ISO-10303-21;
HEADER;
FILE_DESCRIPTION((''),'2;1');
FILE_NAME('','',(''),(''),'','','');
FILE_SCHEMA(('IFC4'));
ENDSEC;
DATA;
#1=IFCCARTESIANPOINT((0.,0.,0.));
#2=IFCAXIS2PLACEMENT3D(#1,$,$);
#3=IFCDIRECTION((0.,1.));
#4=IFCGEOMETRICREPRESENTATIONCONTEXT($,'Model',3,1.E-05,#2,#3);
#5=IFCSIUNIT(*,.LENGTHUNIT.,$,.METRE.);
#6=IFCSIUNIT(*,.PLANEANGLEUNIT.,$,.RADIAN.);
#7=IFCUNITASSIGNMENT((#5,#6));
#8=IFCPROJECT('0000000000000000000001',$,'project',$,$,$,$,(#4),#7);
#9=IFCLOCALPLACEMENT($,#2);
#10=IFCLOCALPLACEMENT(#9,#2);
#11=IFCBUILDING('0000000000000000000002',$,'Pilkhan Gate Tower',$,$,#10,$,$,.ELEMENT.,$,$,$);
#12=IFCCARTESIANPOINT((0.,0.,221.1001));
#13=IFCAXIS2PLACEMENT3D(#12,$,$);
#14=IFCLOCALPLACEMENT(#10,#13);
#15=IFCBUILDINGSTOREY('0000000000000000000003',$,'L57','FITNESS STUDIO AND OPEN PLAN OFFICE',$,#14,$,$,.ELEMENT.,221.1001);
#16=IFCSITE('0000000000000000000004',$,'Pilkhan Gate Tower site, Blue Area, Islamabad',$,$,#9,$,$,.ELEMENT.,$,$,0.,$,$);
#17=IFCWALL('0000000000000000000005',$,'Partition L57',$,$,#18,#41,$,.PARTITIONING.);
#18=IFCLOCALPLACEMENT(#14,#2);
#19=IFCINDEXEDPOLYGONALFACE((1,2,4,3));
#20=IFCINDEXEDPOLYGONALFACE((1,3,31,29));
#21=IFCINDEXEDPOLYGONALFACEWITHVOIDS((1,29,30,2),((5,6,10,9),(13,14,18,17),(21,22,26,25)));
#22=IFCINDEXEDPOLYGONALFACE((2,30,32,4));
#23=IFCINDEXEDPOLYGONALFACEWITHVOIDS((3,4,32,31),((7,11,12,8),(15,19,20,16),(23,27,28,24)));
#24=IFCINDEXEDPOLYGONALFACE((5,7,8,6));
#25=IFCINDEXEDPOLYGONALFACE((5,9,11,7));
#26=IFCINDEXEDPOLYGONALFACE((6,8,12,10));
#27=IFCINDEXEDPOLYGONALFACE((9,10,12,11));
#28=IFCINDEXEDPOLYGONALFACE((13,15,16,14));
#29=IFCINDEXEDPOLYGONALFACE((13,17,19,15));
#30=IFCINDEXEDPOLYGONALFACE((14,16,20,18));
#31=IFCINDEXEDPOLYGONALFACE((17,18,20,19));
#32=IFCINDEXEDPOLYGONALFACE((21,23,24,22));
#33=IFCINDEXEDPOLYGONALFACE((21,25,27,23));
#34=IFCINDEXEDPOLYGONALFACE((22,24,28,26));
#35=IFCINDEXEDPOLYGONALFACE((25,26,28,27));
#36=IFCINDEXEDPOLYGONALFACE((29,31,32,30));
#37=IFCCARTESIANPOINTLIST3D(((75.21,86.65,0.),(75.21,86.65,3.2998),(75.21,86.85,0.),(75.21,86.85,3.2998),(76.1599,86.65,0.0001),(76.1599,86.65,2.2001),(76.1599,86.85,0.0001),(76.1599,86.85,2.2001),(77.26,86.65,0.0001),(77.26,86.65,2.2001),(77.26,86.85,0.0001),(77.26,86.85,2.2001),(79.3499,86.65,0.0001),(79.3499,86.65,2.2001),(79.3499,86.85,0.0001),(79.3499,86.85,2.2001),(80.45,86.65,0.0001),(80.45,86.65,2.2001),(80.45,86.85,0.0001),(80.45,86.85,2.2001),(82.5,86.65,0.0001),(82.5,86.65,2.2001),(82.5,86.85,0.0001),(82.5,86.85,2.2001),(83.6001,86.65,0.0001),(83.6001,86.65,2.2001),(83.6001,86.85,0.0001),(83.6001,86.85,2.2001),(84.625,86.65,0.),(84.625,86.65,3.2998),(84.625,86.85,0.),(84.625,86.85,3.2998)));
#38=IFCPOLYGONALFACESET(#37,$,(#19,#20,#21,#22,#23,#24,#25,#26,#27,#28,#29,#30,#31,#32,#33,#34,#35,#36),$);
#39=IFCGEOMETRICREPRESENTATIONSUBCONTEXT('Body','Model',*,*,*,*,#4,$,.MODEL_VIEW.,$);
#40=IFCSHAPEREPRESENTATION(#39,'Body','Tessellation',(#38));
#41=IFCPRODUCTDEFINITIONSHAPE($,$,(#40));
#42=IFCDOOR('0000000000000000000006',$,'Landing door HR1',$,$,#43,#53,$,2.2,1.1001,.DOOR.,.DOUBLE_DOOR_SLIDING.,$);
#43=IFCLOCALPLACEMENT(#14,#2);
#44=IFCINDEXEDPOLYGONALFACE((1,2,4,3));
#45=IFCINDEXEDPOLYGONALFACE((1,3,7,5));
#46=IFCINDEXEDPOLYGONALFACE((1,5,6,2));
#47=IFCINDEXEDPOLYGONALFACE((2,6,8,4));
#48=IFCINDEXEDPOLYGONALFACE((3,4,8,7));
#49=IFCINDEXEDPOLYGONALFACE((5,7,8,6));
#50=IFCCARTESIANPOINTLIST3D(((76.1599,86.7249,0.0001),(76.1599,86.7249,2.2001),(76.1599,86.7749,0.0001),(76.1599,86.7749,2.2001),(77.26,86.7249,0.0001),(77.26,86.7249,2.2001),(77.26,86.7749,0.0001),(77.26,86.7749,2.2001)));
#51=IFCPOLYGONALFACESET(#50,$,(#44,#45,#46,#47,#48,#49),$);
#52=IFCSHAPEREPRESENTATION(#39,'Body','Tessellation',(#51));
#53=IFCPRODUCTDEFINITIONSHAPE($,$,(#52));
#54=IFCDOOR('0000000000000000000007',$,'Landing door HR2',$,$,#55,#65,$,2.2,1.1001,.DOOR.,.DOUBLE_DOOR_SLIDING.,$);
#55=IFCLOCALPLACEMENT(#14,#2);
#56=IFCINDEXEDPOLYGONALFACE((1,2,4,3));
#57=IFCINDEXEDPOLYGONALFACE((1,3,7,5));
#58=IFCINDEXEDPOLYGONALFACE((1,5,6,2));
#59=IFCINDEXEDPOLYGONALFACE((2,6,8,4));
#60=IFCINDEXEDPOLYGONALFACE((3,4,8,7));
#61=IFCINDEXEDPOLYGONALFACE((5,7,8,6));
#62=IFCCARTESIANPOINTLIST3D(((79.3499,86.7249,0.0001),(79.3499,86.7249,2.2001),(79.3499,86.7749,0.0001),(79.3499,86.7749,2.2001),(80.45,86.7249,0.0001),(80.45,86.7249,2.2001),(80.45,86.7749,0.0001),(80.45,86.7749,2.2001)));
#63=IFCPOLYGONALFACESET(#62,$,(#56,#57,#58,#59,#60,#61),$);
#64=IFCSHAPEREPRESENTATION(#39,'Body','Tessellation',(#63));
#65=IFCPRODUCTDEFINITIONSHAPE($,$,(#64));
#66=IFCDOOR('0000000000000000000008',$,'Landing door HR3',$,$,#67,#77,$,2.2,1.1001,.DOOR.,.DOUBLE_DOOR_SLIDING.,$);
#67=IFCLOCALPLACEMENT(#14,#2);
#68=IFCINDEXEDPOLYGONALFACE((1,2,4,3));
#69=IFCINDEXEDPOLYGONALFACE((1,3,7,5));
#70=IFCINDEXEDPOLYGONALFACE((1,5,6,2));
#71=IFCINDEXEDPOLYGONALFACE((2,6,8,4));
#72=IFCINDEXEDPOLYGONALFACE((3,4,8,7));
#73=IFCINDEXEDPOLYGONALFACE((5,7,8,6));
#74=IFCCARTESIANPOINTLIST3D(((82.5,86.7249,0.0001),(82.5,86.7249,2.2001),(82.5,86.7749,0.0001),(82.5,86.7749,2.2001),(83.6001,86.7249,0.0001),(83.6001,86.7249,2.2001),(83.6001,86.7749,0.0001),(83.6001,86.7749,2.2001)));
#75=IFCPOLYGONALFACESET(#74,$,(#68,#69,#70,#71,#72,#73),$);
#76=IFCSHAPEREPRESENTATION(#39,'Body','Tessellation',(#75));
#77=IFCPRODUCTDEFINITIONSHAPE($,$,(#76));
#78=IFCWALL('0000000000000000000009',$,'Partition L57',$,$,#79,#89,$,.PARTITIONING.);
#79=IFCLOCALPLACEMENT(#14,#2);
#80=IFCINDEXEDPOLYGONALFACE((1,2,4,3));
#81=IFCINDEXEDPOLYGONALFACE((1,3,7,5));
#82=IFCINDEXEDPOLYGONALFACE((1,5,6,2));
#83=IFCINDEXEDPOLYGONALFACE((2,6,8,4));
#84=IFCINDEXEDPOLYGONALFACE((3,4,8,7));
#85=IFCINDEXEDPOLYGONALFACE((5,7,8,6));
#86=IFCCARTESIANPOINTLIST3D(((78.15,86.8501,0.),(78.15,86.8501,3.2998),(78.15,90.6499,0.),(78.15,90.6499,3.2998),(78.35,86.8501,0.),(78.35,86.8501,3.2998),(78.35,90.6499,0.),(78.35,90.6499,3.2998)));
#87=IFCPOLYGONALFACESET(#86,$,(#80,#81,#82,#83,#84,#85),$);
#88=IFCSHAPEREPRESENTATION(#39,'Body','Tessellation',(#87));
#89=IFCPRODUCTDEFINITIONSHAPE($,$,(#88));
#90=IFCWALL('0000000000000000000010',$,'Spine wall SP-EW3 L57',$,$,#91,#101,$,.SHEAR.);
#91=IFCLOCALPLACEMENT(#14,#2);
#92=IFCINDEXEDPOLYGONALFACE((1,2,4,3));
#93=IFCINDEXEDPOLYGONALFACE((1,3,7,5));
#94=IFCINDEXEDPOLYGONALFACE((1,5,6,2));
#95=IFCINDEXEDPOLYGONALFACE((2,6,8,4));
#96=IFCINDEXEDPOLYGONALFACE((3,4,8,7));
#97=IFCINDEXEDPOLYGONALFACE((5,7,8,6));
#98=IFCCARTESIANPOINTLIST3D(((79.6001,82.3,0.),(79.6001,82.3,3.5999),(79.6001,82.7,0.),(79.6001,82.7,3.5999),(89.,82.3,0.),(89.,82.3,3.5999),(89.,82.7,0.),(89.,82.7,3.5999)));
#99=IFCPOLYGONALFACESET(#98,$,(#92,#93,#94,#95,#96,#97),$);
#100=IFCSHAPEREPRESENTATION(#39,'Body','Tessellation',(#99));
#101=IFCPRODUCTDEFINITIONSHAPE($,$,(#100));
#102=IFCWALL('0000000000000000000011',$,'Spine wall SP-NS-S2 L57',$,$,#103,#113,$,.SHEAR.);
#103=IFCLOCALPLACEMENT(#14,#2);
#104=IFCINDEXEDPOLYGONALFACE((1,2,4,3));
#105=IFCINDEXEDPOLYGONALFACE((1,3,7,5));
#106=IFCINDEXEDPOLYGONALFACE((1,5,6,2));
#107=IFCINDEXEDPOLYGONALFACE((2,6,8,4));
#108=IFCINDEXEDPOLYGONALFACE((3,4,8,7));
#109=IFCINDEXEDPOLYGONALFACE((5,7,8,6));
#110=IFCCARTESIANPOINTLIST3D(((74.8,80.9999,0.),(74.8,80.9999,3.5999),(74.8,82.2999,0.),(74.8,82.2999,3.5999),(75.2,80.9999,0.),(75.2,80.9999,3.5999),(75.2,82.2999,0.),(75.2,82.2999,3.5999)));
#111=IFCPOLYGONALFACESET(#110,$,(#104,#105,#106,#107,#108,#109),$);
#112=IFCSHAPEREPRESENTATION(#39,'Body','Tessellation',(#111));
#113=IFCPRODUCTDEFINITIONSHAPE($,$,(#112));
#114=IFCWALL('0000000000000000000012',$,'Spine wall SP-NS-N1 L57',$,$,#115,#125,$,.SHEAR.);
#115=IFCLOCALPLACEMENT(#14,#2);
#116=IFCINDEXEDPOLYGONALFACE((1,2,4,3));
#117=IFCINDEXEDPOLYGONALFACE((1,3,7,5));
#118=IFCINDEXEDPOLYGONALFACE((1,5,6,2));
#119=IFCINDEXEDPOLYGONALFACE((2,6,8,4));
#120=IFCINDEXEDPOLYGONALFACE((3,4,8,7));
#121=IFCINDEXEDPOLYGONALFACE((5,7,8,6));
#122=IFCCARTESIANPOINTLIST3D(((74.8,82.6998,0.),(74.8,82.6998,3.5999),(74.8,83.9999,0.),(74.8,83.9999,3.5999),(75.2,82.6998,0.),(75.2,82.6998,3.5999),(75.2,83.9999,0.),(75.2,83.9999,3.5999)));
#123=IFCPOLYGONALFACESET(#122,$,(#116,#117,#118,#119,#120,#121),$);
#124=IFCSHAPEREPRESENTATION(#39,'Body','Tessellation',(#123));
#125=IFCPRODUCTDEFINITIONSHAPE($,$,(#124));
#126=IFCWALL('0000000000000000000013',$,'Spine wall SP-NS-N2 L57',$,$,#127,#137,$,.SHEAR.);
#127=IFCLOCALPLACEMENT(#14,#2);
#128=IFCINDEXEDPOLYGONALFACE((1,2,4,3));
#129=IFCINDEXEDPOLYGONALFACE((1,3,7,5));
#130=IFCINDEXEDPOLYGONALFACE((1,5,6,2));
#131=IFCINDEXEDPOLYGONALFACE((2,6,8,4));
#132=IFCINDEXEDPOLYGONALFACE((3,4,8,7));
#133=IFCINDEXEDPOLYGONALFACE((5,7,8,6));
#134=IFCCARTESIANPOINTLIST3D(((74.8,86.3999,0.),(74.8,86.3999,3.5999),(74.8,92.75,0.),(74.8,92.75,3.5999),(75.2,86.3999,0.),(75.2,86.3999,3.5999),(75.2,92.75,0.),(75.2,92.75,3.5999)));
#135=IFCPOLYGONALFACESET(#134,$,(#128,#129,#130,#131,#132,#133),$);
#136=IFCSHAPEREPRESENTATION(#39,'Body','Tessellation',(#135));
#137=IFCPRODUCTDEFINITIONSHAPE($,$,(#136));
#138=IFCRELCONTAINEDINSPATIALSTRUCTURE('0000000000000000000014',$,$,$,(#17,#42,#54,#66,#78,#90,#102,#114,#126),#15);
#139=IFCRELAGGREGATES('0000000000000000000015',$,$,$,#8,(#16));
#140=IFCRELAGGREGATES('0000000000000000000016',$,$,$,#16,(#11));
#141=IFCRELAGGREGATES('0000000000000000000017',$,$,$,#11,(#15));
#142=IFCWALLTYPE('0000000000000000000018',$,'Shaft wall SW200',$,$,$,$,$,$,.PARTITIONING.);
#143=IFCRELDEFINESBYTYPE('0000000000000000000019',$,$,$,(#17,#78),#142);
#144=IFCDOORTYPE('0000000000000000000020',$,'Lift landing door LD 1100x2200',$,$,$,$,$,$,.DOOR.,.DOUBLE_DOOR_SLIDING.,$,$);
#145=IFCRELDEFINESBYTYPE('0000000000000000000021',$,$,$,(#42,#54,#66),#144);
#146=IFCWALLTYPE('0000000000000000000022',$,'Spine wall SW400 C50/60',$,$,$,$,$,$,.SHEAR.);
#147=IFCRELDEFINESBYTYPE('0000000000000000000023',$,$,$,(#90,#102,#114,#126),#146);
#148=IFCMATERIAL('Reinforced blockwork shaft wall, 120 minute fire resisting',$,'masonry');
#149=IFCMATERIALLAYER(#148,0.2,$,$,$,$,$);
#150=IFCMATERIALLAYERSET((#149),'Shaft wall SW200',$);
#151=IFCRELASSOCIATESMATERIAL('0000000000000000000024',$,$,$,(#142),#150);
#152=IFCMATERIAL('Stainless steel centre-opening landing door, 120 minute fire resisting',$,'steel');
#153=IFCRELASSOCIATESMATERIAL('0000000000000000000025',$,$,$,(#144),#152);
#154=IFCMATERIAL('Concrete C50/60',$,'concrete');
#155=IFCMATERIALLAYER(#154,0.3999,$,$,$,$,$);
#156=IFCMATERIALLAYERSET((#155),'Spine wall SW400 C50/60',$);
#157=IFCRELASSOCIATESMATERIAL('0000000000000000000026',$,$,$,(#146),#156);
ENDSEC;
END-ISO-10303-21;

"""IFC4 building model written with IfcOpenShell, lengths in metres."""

from ifc_helpers import new_model, si_unit, direction, frame, frame_2d, origin, place, context, subcontext, project, spatial, rectangle, extrude, material, layer, layer_set, type_object, element, fill, save


model = new_model("IFC4")

# Units and contexts
model_context = context("Model", 3, precision=1e-05, world=origin(), true_north=direction((0.0, 1.0)))
body_context = subcontext(model_context, "Body", "Model", "MODEL_VIEW")
ifc_project = project(units=[si_unit("LENGTHUNIT", "METRE"), si_unit("PLANEANGLEUNIT", "RADIAN")], contexts=[model_context])

# Site, building, storey
site_placement = place(None, origin())
site = spatial("IfcSite", under=ifc_project, at=site_placement, Name="Pilkhan Gate Tower site, Blue Area, Islamabad", CompositionType="ELEMENT", RefElevation=0.0)
building_placement = place(site_placement, origin())
building = spatial("IfcBuilding", under=site, at=building_placement, Name="Pilkhan Gate Tower", CompositionType="ELEMENT")
storey_placement = place(building_placement, frame((0.0, 0.0, 221.1001)))
storey = spatial("IfcBuildingStorey", under=building, at=storey_placement, Name="L57", Description="FITNESS STUDIO AND OPEN PLAN OFFICE", CompositionType="ELEMENT", Elevation=221.1001)

# Shared definitions
ifc_material_1 = material(Name="Concrete C50/60", Category="concrete")

# Wall, openings, doors
ifc_material_2 = material(Name="Reinforced blockwork shaft wall, 120 minute fire resisting", Category="masonry")
ifc_layer_1 = layer(ifc_material_2, 0.2)
ifc_layer_set_1 = layer_set([ifc_layer_1], Name="Shaft wall SW200")
wall_type_1 = type_object("IfcWallType", Name="Shaft wall SW200", PredefinedType="PARTITIONING", material=ifc_layer_set_1)
wall_1_placement = place(storey_placement, frame((75.21, 86.75, 0.0), z_axis=(0.0, 0.0, 1.0), x_axis=(1.0, 0.0, 0.0)))
wall_1 = element("IfcWall", 1, at=wall_1_placement, inside=storey, type_object=wall_type_1, Name="Partition L57", PredefinedType="PARTITIONING", context=body_context, shape_type="SweptSolid", body=[
    extrude(rectangle(XDim=9.415, YDim=0.2, at=frame_2d((4.7075, 0.0))), origin(), (0.0, 0.0, 1.0), 3.2998),
])
opening_1_placement = place(wall_1_placement, frame((0.95, 0.0, 0.0)))
opening_1 = element("IfcOpeningElement", 2, at=opening_1_placement, cuts=wall_1, PredefinedType="OPENING", context=body_context, shape_type="SweptSolid", body=[
    extrude(rectangle(XDim=1.1001, YDim=2.2, at=frame_2d((0.55, 1.1001))), frame((0.0, 0.1099, 0.0), z_axis=(0.0, -1.0, 0.0), x_axis=(1.0, 0.0, 0.0)), (0.0, 0.0, 1.0), 0.22),
])
opening_2_placement = place(wall_1_placement, frame((4.1399, 0.0, 0.0)))
opening_2 = element("IfcOpeningElement", 3, at=opening_2_placement, cuts=wall_1, PredefinedType="OPENING", context=body_context, shape_type="SweptSolid", body=[
    extrude(rectangle(XDim=1.1001, YDim=2.2, at=frame_2d((0.55, 1.1001))), frame((0.0, 0.1099, 0.0), z_axis=(0.0, -1.0, 0.0), x_axis=(1.0, 0.0, 0.0)), (0.0, 0.0, 1.0), 0.22),
])
opening_3_placement = place(wall_1_placement, frame((7.29, 0.0, 0.0)))
opening_3 = element("IfcOpeningElement", 4, at=opening_3_placement, cuts=wall_1, PredefinedType="OPENING", context=body_context, shape_type="SweptSolid", body=[
    extrude(rectangle(XDim=1.1001, YDim=2.2, at=frame_2d((0.55, 1.1001))), frame((0.0, 0.1099, 0.0), z_axis=(0.0, -1.0, 0.0), x_axis=(1.0, 0.0, 0.0)), (0.0, 0.0, 1.0), 0.22),
])
ifc_material_3 = material(Name="Stainless steel centre-opening landing door, 120 minute fire resisting", Category="steel")
door_type_1 = type_object("IfcDoorType", Name="Lift landing door LD 1100x2200", OperationType="DOUBLE_DOOR_SLIDING", PredefinedType="DOOR", material=ifc_material_3)
door_1_placement = place(opening_1_placement, origin())
door_1 = element("IfcDoor", 5, at=door_1_placement, inside=storey, type_object=door_type_1, Name="Landing door HR1", OperationType="DOUBLE_DOOR_SLIDING", OverallHeight=2.2, OverallWidth=1.1001, PredefinedType="DOOR", context=body_context, shape_type="SweptSolid", body=[
    extrude(rectangle(XDim=1.1001, YDim=2.2, at=frame_2d((0.55, 1.1001))), frame((0.0, 0.0249, 0.0), z_axis=(0.0, -1.0, 0.0), x_axis=(1.0, 0.0, 0.0)), (0.0, 0.0, 1.0), 0.05),
])
fill(opening_1, door_1)
door_2_placement = place(opening_2_placement, origin())
door_2 = element("IfcDoor", 6, at=door_2_placement, inside=storey, type_object=door_type_1, Name="Landing door HR2", OperationType="DOUBLE_DOOR_SLIDING", OverallHeight=2.2, OverallWidth=1.1001, PredefinedType="DOOR", context=body_context, shape_type="SweptSolid", body=[
    extrude(rectangle(XDim=1.1001, YDim=2.2, at=frame_2d((0.55, 1.1001))), frame((0.0, 0.0249, 0.0), z_axis=(0.0, -1.0, 0.0), x_axis=(1.0, 0.0, 0.0)), (0.0, 0.0, 1.0), 0.05),
])
fill(opening_2, door_2)
door_3_placement = place(opening_3_placement, origin())
door_3 = element("IfcDoor", 7, at=door_3_placement, inside=storey, type_object=door_type_1, Name="Landing door HR3", OperationType="DOUBLE_DOOR_SLIDING", OverallHeight=2.2, OverallWidth=1.1001, PredefinedType="DOOR", context=body_context, shape_type="SweptSolid", body=[
    extrude(rectangle(XDim=1.1001, YDim=2.2, at=frame_2d((0.55, 1.1001))), frame((0.0, 0.0249, 0.0), z_axis=(0.0, -1.0, 0.0), x_axis=(1.0, 0.0, 0.0)), (0.0, 0.0, 1.0), 0.05),
])
fill(opening_3, door_3)

# Walls
wall_2_placement = place(storey_placement, frame((78.25, 86.8501, 0.0), z_axis=(0.0, 0.0, 1.0), x_axis=(0.0, 1.0, 0.0)))
element("IfcWall", 8, at=wall_2_placement, inside=storey, type_object=wall_type_1, Name="Partition L57", PredefinedType="PARTITIONING", context=body_context, shape_type="SweptSolid", body=[
    extrude(rectangle(XDim=3.7998, YDim=0.2, at=frame_2d((1.8999, 0.0))), origin(), (0.0, 0.0, 1.0), 3.2998),
])
ifc_layer_2 = layer(ifc_material_1, 0.3999)
ifc_layer_set_2 = layer_set([ifc_layer_2], Name="Spine wall SW400 C50/60")
wall_type_2 = type_object("IfcWallType", Name="Spine wall SW400 C50/60", PredefinedType="SHEAR", material=ifc_layer_set_2)
wall_3_placement = place(storey_placement, frame((79.6001, 82.5, 0.0), z_axis=(0.0, 0.0, 1.0), x_axis=(1.0, 0.0, 0.0)))
element("IfcWall", 9, at=wall_3_placement, inside=storey, type_object=wall_type_2, Name="Spine wall SP-EW3 L57", PredefinedType="SHEAR", context=body_context, shape_type="SweptSolid", body=[
    extrude(rectangle(XDim=9.3999, YDim=0.3999, at=frame_2d((4.7, 0.0))), origin(), (0.0, 0.0, 1.0), 3.5999),
])
for number, where, z_axis, x_axis, name in (
    (10, (75.0, 81.0, 0.0), (0.0, 0.0, 1.0), (0.0, 1.0, 0.0), "Spine wall SP-NS-S2 L57"),
    (11, (75.0, 82.7, 0.0), (0.0, 0.0, 1.0), (0.0, 1.0, 0.0), "Spine wall SP-NS-N1 L57"),
):
    element("IfcWall", number, at=place(storey_placement, frame(where, z_axis=z_axis, x_axis=x_axis)), inside=storey, type_object=wall_type_2, Name=name, PredefinedType="SHEAR", context=body_context, shape_type="SweptSolid", body=[
        extrude(rectangle(XDim=1.3, YDim=0.3999, at=frame_2d((0.6499, 0.0))), origin(), (0.0, 0.0, 1.0), 3.5999),
    ])
wall_4_placement = place(storey_placement, frame((75.0, 86.3999, 0.0), z_axis=(0.0, 0.0, 1.0), x_axis=(0.0, 1.0, 0.0)))
element("IfcWall", 12, at=wall_4_placement, inside=storey, type_object=wall_type_2, Name="Spine wall SP-NS-N2 L57", PredefinedType="SHEAR", context=body_context, shape_type="SweptSolid", body=[
    extrude(rectangle(XDim=6.3501, YDim=0.3999, at=frame_2d((3.175, 0.0))), origin(), (0.0, 0.0, 1.0), 3.5999),
])

save(model, "model.ifc")
